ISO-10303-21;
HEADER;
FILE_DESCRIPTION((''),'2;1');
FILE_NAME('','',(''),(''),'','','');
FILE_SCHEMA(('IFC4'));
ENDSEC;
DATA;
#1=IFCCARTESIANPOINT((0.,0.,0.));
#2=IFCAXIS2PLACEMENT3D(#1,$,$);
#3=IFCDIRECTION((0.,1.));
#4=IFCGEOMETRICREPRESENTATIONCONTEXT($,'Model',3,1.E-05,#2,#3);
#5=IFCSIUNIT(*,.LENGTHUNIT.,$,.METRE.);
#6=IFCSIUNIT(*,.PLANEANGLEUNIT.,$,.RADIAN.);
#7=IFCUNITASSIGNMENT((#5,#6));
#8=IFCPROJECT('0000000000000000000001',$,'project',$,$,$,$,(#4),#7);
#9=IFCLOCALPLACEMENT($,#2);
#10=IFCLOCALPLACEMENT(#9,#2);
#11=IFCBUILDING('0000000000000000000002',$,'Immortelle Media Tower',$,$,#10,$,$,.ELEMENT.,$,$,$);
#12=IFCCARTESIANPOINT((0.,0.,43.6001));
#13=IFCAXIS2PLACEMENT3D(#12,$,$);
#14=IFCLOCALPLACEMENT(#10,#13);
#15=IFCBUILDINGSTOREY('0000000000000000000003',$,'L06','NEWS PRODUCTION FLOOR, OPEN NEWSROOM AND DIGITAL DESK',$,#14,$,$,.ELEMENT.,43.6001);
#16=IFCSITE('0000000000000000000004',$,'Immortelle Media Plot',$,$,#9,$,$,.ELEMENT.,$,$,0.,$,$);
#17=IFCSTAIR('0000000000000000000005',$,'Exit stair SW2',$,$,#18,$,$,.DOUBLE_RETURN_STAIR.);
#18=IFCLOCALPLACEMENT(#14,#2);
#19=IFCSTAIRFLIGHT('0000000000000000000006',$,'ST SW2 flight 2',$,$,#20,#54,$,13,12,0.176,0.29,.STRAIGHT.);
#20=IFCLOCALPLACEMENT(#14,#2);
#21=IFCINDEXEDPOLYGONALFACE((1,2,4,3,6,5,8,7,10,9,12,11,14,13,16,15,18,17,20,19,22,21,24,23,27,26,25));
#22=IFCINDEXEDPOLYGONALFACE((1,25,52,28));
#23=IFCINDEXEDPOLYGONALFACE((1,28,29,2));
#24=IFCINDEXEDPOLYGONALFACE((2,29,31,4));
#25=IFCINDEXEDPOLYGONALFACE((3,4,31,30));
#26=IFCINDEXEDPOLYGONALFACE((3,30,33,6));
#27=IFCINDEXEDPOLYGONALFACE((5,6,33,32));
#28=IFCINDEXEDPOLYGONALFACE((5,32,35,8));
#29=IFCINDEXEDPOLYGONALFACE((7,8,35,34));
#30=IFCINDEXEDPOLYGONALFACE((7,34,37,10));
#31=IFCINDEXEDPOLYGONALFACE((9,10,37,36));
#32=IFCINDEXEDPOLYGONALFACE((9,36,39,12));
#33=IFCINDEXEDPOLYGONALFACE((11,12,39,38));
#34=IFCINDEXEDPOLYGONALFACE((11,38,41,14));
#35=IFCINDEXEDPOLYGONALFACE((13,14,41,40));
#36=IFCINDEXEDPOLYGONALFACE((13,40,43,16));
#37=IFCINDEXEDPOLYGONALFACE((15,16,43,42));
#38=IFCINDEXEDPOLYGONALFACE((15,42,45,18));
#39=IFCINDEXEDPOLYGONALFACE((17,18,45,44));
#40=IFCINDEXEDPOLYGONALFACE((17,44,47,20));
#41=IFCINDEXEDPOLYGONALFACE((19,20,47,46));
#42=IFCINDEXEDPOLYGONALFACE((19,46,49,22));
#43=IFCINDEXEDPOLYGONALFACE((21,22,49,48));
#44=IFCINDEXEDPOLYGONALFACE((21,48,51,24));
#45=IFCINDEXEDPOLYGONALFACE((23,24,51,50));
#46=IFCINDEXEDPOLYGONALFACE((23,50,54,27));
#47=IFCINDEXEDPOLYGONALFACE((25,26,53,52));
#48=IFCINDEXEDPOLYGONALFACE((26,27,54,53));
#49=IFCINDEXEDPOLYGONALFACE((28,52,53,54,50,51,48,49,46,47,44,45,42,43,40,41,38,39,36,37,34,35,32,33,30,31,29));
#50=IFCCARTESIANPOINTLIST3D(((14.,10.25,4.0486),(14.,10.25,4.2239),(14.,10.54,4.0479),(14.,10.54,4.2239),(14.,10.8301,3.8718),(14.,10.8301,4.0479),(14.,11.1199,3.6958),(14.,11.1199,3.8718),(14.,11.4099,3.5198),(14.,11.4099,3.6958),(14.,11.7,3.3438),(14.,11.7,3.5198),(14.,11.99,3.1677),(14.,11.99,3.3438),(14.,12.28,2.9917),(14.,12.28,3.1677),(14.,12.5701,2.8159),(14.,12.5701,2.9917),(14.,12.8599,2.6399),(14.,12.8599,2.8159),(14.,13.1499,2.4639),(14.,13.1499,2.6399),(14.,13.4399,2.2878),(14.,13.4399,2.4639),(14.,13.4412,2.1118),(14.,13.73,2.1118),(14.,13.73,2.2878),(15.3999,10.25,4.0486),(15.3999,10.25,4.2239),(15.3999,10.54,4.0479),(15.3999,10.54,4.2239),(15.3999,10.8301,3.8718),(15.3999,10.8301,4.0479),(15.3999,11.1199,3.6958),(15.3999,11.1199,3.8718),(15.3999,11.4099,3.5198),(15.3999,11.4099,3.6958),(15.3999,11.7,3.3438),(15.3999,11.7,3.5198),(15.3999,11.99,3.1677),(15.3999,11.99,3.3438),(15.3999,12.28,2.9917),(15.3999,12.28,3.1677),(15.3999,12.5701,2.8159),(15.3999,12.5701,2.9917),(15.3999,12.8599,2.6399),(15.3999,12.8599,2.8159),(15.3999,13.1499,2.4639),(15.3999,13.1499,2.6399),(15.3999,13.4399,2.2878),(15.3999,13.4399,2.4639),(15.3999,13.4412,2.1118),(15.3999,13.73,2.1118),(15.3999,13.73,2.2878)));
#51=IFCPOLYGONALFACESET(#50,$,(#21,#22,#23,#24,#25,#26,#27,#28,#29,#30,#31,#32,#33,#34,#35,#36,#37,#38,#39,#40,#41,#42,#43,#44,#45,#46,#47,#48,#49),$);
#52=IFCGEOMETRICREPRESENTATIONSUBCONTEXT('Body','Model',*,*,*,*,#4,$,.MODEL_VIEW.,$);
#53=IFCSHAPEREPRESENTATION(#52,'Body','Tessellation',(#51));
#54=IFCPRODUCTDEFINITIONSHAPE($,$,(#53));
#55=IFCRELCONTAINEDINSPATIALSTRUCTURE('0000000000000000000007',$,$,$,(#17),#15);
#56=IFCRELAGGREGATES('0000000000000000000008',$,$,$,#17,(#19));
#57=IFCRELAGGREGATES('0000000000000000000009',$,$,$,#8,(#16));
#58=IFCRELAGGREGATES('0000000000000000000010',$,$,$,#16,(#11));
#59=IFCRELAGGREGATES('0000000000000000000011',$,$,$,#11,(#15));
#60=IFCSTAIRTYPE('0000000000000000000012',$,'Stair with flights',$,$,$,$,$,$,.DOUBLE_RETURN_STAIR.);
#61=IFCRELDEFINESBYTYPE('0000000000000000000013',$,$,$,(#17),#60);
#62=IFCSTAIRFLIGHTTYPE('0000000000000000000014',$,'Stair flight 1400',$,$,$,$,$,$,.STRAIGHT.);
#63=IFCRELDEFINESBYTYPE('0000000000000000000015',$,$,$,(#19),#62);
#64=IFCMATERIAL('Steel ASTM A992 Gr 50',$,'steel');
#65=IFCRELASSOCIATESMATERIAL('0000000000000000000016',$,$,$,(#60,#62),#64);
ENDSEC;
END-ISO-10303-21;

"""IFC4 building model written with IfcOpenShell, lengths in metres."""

from ifc_helpers import new_model, si_unit, direction, frame, origin, place, context, subcontext, project, spatial, polyline, outline, extrude, material, type_object, element, aggregate, save


model = new_model("IFC4")

# Units and contexts
model_context = context("Model", 3, precision=1e-05, world=origin(), true_north=direction((0.0, 1.0)))
body_context = subcontext(model_context, "Body", "Model", "MODEL_VIEW")
ifc_project = project(units=[si_unit("LENGTHUNIT", "METRE"), si_unit("PLANEANGLEUNIT", "RADIAN")], contexts=[model_context])

# Site, building, storey
site_placement = place(None, origin())
site = spatial("IfcSite", under=ifc_project, at=site_placement, Name="Immortelle Media Plot", CompositionType="ELEMENT", RefElevation=0.0)
building_placement = place(site_placement, origin())
building = spatial("IfcBuilding", under=site, at=building_placement, Name="Immortelle Media Tower", CompositionType="ELEMENT")
storey_placement = place(building_placement, frame((0.0, 0.0, 43.6001)))
storey = spatial("IfcBuildingStorey", under=building, at=storey_placement, Name="L06", Description="NEWS PRODUCTION FLOOR, OPEN NEWSROOM AND DIGITAL DESK", CompositionType="ELEMENT", Elevation=43.6001)

# Shared definitions
ifc_material_1 = material(Name="Steel ASTM A992 Gr 50", Category="steel")

# Shared definitions
stair_type = type_object("IfcStairType", Name="Stair with flights", PredefinedType="DOUBLE_RETURN_STAIR", material=ifc_material_1)
stair_flight_type = type_object("IfcStairFlightType", Name="Stair flight 1400", PredefinedType="STRAIGHT", material=ifc_material_1)

# Stair, stair flight
stair_1_placement = place(storey_placement, origin())
stair_1 = element("IfcStair", 1, at=stair_1_placement, inside=storey, type_object=stair_type, Name="Exit stair SW2", PredefinedType="DOUBLE_RETURN_STAIR")
stair_flight_1_placement = place(storey_placement, frame((14.7, 13.73, 2.1118), z_axis=(0.0, 0.0, 1.0), x_axis=(0.0, -1.0, 0.0)))
stair_flight_1 = element("IfcStairFlight", 2, at=stair_flight_1_placement, type_object=stair_flight_type, Name="ST SW2 flight 2", NumberOfRisers=13, NumberOfTreads=12, PredefinedType="STRAIGHT", RiserHeight=0.176, TreadLength=0.29, context=body_context, shape_type="SweptSolid", body=[
    extrude(outline(polyline([(0.0, 0.0), (0.0, 0.176), (0.29, 0.176), (0.29, 0.3521), (0.5801, 0.3521), (0.5801, 0.5281), (0.8701, 0.5281), (0.8701, 0.7041), (1.1599, 0.7041), (1.1599, 0.8799), (1.45, 0.8799), (1.45, 1.0559), (1.74, 1.0559), (1.74, 1.2319), (2.03, 1.2319), (2.03, 1.408), (2.3201, 1.408), (2.3201, 1.584), (2.6101, 1.584), (2.6101, 1.76), (2.8999, 1.76), (2.8999, 1.936), (3.1899, 1.936), (3.1899, 2.1121), (3.48, 2.1121), (3.48, 2.2881), (3.48, 1.9368), (0.2888, 0.0), (0.0, 0.0)])), frame((0.0, 0.7, 0.0), z_axis=(0.0, -1.0, 0.0), x_axis=(1.0, 0.0, 0.0)), (0.0, 0.0, 1.0), 1.3999),
])
aggregate(stair_1, [stair_flight_1])

save(model, "model.ifc")
